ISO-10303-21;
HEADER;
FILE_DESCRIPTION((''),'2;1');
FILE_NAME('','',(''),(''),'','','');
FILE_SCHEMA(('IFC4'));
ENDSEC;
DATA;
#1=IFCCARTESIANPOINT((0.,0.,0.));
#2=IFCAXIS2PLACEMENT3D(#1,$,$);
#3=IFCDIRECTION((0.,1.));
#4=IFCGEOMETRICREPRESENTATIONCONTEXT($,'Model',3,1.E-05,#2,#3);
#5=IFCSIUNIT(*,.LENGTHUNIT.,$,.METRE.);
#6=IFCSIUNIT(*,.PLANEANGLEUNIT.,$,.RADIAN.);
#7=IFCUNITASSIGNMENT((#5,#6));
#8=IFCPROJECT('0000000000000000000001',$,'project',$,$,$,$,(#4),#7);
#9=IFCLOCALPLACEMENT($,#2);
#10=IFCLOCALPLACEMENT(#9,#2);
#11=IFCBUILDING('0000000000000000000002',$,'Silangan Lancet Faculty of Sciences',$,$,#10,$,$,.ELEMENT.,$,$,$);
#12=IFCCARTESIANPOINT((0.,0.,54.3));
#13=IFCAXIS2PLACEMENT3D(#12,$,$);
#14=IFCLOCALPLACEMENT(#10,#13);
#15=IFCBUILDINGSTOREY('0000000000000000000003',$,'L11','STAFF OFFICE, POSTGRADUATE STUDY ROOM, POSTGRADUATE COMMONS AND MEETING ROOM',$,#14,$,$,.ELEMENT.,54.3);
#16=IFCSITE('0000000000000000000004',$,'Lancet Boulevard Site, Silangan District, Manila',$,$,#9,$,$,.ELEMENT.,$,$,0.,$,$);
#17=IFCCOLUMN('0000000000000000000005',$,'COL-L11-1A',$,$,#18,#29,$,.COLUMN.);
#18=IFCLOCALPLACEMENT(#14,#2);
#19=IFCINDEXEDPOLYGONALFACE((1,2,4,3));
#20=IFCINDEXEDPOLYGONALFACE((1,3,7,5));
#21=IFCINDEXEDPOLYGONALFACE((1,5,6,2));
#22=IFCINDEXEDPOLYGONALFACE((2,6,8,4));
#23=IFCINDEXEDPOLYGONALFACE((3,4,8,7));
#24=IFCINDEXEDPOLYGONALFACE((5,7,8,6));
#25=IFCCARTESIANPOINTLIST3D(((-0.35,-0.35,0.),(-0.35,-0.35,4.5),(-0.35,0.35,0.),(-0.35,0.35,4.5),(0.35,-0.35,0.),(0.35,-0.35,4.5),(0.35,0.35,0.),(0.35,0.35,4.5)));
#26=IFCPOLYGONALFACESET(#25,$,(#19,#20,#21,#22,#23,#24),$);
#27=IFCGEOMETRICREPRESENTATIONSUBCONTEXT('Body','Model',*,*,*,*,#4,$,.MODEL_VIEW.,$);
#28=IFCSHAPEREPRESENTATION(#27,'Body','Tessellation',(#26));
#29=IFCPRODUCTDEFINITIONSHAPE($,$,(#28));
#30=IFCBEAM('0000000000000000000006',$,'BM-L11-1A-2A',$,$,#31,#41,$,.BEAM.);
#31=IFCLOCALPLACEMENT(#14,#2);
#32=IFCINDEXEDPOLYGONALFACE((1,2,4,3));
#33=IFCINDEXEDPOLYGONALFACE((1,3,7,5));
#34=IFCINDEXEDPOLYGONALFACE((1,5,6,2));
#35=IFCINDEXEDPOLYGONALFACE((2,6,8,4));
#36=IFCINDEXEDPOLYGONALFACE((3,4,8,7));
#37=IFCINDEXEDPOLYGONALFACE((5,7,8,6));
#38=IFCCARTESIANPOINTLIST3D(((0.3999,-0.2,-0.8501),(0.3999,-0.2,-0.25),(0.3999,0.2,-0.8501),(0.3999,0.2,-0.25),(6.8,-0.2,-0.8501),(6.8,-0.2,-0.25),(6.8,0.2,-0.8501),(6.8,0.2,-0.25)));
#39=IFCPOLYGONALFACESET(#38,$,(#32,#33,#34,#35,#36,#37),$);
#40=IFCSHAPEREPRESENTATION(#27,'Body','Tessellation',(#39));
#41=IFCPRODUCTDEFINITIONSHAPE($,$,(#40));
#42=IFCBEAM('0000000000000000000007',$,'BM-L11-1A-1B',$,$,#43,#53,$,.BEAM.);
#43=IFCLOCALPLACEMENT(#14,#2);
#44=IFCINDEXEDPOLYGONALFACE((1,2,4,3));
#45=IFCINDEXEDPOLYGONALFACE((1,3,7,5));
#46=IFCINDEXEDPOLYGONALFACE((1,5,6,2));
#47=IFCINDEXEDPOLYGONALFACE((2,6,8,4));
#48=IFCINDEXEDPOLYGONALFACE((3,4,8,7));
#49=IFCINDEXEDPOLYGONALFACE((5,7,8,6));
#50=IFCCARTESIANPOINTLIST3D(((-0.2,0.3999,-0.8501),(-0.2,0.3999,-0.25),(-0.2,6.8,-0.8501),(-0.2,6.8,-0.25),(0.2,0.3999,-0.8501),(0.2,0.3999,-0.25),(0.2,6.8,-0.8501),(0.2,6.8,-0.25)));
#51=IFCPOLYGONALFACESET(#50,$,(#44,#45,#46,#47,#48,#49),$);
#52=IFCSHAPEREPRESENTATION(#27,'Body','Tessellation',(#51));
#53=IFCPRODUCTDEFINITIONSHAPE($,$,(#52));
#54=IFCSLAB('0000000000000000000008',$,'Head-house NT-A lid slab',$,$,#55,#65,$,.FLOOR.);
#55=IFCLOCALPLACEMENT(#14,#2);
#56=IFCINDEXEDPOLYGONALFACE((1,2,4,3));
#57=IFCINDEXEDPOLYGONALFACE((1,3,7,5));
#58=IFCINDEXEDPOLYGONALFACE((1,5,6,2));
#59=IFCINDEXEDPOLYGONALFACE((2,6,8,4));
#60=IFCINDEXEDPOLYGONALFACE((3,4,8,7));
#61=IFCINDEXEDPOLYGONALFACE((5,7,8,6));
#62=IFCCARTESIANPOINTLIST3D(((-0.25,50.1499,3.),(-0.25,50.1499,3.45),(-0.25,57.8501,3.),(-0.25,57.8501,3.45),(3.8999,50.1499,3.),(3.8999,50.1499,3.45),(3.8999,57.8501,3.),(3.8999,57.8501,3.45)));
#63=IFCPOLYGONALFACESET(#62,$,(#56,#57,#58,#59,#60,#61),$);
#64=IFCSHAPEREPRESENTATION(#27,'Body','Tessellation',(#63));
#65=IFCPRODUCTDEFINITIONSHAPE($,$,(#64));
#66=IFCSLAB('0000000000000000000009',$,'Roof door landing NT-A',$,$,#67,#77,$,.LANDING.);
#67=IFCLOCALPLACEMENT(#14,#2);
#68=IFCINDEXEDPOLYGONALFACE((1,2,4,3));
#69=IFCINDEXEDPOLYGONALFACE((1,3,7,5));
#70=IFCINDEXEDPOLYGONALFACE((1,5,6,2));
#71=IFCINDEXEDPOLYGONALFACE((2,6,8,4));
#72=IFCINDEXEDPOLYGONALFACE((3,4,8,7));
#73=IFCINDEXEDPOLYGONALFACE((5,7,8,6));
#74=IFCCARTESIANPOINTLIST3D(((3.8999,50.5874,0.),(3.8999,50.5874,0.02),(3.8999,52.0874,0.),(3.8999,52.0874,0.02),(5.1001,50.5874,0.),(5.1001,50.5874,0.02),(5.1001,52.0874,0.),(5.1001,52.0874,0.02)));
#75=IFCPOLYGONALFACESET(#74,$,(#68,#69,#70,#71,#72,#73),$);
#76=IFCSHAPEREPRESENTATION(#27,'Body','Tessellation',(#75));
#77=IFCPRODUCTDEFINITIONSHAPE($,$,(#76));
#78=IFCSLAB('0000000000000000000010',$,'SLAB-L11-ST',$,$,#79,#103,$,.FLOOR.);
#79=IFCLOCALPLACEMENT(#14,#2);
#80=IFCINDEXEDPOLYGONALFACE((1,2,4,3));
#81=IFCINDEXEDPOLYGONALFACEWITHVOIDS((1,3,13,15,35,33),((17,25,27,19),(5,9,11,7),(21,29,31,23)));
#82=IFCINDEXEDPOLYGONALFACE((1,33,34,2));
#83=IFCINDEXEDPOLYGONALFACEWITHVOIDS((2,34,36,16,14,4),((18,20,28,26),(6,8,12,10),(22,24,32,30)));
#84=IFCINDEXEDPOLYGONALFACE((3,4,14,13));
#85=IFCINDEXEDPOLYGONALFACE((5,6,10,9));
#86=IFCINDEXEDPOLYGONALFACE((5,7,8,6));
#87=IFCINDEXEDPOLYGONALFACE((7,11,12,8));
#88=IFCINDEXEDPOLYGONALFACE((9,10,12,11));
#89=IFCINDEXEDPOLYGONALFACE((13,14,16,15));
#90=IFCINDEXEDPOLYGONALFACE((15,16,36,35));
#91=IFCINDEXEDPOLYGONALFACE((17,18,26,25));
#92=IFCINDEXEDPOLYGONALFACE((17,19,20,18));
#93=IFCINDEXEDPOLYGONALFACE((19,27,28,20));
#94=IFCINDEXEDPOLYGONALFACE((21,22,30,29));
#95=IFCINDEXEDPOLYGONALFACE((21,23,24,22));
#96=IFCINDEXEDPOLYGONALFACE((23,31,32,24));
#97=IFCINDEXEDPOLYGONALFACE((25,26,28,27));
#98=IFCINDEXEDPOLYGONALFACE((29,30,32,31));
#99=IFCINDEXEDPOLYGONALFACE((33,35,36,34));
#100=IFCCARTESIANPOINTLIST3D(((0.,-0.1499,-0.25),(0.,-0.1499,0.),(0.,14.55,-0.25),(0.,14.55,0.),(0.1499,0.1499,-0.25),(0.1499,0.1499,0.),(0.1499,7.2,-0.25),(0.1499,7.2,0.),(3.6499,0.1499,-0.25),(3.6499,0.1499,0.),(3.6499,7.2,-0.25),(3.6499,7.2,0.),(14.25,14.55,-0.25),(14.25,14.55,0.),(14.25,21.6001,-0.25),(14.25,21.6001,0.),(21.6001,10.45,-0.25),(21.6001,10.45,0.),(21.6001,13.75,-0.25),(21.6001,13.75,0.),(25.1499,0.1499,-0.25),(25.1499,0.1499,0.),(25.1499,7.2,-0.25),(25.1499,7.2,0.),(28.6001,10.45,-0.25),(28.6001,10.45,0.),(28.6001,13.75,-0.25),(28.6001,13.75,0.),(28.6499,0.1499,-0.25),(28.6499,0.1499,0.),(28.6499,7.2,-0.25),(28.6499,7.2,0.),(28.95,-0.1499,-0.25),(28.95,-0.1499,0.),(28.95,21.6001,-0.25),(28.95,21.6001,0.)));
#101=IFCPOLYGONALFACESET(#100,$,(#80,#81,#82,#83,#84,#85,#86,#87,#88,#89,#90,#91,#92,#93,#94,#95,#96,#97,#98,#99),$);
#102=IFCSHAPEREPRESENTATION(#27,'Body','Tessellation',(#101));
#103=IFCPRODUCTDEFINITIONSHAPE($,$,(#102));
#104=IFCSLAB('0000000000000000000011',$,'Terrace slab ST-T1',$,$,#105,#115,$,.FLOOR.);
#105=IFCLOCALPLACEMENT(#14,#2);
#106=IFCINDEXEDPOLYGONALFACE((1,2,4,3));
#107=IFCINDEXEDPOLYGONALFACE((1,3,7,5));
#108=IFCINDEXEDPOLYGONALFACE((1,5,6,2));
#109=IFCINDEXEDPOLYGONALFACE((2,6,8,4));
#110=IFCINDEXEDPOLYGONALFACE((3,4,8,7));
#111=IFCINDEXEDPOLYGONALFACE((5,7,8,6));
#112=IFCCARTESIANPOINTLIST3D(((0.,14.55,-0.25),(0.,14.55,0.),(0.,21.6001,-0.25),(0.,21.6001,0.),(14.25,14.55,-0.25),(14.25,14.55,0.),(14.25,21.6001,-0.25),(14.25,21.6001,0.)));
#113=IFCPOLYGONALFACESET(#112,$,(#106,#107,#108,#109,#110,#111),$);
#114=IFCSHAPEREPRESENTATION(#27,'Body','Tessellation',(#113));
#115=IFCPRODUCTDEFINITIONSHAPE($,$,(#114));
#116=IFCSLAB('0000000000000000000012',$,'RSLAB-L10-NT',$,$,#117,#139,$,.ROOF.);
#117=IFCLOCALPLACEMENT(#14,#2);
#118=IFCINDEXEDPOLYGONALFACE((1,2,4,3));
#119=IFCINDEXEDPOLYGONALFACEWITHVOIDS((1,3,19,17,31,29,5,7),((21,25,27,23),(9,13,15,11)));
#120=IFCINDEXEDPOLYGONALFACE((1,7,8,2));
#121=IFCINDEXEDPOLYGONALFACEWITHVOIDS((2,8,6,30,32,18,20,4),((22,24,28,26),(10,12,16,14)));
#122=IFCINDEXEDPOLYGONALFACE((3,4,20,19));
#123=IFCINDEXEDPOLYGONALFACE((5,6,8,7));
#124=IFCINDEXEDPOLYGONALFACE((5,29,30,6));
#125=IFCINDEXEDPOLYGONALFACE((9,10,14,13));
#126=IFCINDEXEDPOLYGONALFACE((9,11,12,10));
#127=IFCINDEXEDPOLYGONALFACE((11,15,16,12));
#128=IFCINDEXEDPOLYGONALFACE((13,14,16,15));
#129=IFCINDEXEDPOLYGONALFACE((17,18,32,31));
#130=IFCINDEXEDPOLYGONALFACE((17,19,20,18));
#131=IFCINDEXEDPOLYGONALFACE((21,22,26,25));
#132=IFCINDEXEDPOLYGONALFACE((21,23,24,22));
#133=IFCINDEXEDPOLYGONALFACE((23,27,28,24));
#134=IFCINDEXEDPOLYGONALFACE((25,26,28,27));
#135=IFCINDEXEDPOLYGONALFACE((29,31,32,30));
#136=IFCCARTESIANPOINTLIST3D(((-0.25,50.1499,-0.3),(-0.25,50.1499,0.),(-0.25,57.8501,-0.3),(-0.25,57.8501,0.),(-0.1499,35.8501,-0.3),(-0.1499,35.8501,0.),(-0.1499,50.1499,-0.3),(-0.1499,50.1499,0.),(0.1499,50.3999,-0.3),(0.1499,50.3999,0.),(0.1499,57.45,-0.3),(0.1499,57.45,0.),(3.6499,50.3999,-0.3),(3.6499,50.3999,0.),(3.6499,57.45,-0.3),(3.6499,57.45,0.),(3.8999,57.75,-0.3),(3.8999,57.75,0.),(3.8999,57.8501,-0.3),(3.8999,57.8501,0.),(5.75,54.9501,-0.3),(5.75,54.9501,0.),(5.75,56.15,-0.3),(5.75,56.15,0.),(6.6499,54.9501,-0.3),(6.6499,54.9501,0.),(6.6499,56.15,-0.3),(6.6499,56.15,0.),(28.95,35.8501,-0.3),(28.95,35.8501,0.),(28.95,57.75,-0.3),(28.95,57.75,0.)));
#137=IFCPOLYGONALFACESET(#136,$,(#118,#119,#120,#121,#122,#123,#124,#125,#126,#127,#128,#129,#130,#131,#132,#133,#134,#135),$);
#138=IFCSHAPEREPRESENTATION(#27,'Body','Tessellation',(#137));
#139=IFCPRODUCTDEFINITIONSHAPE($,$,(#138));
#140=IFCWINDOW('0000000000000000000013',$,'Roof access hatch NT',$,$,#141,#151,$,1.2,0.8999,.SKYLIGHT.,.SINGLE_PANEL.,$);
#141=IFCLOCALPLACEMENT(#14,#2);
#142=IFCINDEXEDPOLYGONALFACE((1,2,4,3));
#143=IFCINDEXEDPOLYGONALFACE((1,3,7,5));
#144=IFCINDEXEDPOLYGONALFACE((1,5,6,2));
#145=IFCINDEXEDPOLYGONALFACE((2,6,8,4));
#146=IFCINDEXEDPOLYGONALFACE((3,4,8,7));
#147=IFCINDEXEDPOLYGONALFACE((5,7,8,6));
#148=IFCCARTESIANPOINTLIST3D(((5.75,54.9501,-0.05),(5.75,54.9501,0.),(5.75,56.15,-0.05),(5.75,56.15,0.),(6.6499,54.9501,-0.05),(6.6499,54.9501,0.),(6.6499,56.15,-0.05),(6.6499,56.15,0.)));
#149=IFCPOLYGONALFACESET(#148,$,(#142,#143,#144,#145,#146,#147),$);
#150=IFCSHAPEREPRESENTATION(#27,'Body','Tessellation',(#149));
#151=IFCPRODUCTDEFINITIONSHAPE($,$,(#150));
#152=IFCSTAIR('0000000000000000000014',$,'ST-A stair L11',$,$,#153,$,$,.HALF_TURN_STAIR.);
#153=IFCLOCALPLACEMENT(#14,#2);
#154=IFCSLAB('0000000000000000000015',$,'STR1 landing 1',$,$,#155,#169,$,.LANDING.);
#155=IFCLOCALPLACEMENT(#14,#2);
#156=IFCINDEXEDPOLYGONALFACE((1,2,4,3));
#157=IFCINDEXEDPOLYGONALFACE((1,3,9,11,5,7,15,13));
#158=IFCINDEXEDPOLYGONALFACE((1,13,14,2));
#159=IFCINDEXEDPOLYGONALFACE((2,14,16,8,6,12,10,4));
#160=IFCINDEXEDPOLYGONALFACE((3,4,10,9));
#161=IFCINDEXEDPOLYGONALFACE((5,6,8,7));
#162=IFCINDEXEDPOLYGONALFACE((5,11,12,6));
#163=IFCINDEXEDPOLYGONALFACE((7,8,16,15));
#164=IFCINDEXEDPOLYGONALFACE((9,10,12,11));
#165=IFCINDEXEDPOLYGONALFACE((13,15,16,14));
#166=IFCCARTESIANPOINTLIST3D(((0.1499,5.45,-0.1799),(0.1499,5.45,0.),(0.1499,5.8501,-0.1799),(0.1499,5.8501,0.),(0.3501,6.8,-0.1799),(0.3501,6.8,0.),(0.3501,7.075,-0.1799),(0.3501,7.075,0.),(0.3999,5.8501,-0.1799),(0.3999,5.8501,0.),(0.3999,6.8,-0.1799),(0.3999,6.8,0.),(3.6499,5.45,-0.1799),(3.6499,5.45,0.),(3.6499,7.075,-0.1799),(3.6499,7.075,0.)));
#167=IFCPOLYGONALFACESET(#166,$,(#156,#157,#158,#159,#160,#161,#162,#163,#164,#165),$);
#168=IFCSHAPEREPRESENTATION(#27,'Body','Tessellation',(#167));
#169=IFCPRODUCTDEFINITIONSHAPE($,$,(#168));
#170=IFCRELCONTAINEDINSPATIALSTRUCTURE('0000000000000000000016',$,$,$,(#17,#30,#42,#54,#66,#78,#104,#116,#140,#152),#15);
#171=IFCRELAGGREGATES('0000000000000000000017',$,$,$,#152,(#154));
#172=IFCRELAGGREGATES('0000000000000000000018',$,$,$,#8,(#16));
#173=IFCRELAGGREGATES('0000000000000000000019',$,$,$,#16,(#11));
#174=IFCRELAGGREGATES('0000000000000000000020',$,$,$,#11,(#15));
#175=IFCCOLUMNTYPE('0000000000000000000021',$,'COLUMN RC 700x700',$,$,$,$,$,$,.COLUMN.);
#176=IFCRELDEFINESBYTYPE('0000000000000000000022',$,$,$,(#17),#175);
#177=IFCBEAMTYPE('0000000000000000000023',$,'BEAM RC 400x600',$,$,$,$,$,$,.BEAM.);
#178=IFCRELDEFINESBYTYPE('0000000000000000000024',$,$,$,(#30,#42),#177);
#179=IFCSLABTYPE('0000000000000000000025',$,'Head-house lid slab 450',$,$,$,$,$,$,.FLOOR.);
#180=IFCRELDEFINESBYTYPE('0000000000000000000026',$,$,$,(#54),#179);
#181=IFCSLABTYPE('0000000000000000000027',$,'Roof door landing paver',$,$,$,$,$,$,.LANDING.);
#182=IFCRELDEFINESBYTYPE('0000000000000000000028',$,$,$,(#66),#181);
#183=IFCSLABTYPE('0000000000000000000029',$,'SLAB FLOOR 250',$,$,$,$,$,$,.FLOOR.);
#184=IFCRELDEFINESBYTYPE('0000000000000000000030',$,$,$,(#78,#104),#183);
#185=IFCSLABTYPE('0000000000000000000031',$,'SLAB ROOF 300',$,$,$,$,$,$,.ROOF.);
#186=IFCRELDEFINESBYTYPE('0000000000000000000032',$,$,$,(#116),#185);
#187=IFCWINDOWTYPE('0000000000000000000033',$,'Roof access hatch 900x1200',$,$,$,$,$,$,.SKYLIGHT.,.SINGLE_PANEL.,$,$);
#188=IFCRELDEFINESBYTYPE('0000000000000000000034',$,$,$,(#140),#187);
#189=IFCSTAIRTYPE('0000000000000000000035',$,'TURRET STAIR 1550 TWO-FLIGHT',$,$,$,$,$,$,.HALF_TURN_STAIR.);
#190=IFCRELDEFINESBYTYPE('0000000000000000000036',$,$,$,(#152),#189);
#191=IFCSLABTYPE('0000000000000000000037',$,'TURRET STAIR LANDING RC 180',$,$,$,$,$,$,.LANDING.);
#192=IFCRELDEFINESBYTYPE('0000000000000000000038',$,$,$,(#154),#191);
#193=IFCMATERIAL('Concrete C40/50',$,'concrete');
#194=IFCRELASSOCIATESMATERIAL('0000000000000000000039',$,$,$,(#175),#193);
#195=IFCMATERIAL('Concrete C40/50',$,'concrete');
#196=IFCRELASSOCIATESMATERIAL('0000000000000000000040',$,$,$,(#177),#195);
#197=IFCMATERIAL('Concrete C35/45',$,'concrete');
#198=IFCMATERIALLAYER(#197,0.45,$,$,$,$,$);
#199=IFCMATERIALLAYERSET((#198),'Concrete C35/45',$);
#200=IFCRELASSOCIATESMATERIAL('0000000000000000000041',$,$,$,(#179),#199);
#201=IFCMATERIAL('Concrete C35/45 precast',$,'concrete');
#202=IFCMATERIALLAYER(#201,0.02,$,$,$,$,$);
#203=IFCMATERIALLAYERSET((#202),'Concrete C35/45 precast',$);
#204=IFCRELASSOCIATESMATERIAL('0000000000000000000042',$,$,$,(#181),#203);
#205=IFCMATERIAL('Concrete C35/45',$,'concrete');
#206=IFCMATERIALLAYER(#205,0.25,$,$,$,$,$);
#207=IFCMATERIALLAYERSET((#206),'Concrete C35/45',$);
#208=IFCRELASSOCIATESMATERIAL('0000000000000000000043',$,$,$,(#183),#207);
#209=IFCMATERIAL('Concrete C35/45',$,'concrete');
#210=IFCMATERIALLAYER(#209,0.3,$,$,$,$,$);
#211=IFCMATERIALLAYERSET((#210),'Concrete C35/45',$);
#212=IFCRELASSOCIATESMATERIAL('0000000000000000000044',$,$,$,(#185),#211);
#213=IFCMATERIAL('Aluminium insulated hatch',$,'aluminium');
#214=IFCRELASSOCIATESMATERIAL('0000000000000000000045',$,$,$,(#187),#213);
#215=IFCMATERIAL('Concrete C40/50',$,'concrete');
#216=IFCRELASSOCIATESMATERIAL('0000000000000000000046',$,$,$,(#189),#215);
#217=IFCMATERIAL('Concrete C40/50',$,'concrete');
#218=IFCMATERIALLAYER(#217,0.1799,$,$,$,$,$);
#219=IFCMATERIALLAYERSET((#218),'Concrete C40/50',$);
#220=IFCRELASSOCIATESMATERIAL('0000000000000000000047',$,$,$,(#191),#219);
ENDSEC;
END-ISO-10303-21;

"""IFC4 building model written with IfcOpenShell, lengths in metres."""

from ifc_helpers import new_model, si_unit, direction, frame, origin, origin_with_axes, origin_2d, place, context, subcontext, project, spatial, polyline, rectangle, outline, extrude, material, layer, layer_set, material_profile, profile_set, type_object, element, fill, aggregate, save


model = new_model("IFC4")

# Units and contexts
model_context = context("Model", 3, precision=1e-05, world=origin(), true_north=direction((0.0, 1.0)))
body_context = subcontext(model_context, "Body", "Model", "MODEL_VIEW")
ifc_project = project(units=[si_unit("LENGTHUNIT", "METRE"), si_unit("PLANEANGLEUNIT", "RADIAN")], contexts=[model_context])

# Site, building, storey
site_placement = place(None, origin())
site = spatial("IfcSite", under=ifc_project, at=site_placement, Name="Lancet Boulevard Site, Silangan District, Manila", CompositionType="ELEMENT", RefElevation=0.0)
building_placement = place(site_placement, origin())
building = spatial("IfcBuilding", under=site, at=building_placement, Name="Silangan Lancet Faculty of Sciences", CompositionType="ELEMENT")
storey_placement = place(building_placement, frame((0.0, 0.0, 54.3)))
storey = spatial("IfcBuildingStorey", under=building, at=storey_placement, Name="L11", Description="STAFF OFFICE, POSTGRADUATE STUDY ROOM, POSTGRADUATE COMMONS AND MEETING ROOM", CompositionType="ELEMENT", Elevation=54.3)

# Column
ifc_material_1 = material(Name="Concrete C40/50", Category="concrete")
ifc_material_profile_1 = material_profile(ifc_material_1, rectangle(XDim=0.7, YDim=0.7, at=origin_2d()), Name="RC 700x700")
ifc_profile_set_1 = profile_set([ifc_material_profile_1], Name="Concrete C40/50")
column_type = type_object("IfcColumnType", Name="COLUMN RC 700x700", PredefinedType="COLUMN", material=ifc_profile_set_1)
column_placement = place(storey_placement, origin_with_axes())
element("IfcColumn", 1, at=column_placement, inside=storey, type_object=column_type, Name="COL-L11-1A", PredefinedType="COLUMN", context=body_context, shape_type="SweptSolid", body=[
    extrude(rectangle(XDim=0.7, YDim=0.7, at=origin_2d()), origin(), (0.0, 0.0, 1.0), 4.5),
])

# Beams
ifc_material_2 = material(Name="Concrete C40/50", Category="concrete")
ifc_material_profile_2 = material_profile(ifc_material_2, rectangle(XDim=0.3999, YDim=0.6001, at=origin_2d()), Name="RC 400x600")
ifc_profile_set_2 = profile_set([ifc_material_profile_2], Name="Concrete C40/50")
beam_type = type_object("IfcBeamType", Name="BEAM RC 400x600", PredefinedType="BEAM", material=ifc_profile_set_2)
for number, where, z_axis, x_axis, name in (
    (2, (0.3999, 0.0, -0.55), (1.0, 0.0, 0.0), (0.0, 1.0, 0.0), "BM-L11-1A-2A"),
    (3, (0.0, 0.3999, -0.55), (0.0, 1.0, 0.0), (-1.0, 0.0, 0.0), "BM-L11-1A-1B"),
):
    element("IfcBeam", number, at=place(storey_placement, frame(where, z_axis=z_axis, x_axis=x_axis)), inside=storey, type_object=beam_type, Name=name, PredefinedType="BEAM", context=body_context, shape_type="SweptSolid", body=[
        extrude(rectangle(XDim=0.3999, YDim=0.6001, at=origin_2d()), origin(), (0.0, 0.0, 1.0), 6.4001),
    ])

# Slabs
ifc_material_3 = material(Name="Concrete C35/45", Category="concrete")
ifc_layer_1 = layer(ifc_material_3, 0.45)
ifc_layer_set_1 = layer_set([ifc_layer_1], Name="Concrete C35/45")
slab_type_1 = type_object("IfcSlabType", Name="Head-house lid slab 450", PredefinedType="FLOOR", material=ifc_layer_set_1)
slab_1_placement = place(storey_placement, frame((0.0, 0.0, 3.0)))
element("IfcSlab", 4, at=slab_1_placement, inside=storey, type_object=slab_type_1, Name="Head-house NT-A lid slab", PredefinedType="FLOOR", context=body_context, shape_type="SweptSolid", body=[
    extrude(outline(polyline([(-0.25, 50.1499), (3.8999, 50.1499), (3.8999, 57.8501), (-0.25, 57.8501), (-0.25, 50.1499)])), origin(), (0.0, 0.0, 1.0), 0.45),
])
ifc_material_4 = material(Name="Concrete C35/45 precast", Category="concrete")
ifc_layer_2 = layer(ifc_material_4, 0.02)
ifc_layer_set_2 = layer_set([ifc_layer_2], Name="Concrete C35/45 precast")
slab_type_2 = type_object("IfcSlabType", Name="Roof door landing paver", PredefinedType="LANDING", material=ifc_layer_set_2)
slab_2_placement = place(storey_placement, origin())
element("IfcSlab", 5, at=slab_2_placement, inside=storey, type_object=slab_type_2, Name="Roof door landing NT-A", PredefinedType="LANDING", context=body_context, shape_type="SweptSolid", body=[
    extrude(outline(polyline([(3.8999, 50.5874), (5.1001, 50.5874), (5.1001, 52.0874), (3.8999, 52.0874), (3.8999, 50.5874)])), origin(), (0.0, 0.0, 1.0), 0.02),
])
ifc_material_5 = material(Name="Concrete C35/45", Category="concrete")
ifc_layer_3 = layer(ifc_material_5, 0.25)
ifc_layer_set_3 = layer_set([ifc_layer_3], Name="Concrete C35/45")
slab_type_3 = type_object("IfcSlabType", Name="SLAB FLOOR 250", PredefinedType="FLOOR", material=ifc_layer_set_3)
slab_3_placement = place(storey_placement, frame((0.0, 0.0, -0.25)))
element("IfcSlab", 6, at=slab_3_placement, inside=storey, type_object=slab_type_3, Name="SLAB-L11-ST", PredefinedType="FLOOR", context=body_context, shape_type="SweptSolid", body=[
    extrude(outline(polyline([(0.0, 14.55), (0.0, -0.1499), (28.95, -0.1499), (28.95, 21.6001), (14.25, 21.6001), (14.25, 14.55), (0.0, 14.55)]), holes=[polyline([(0.1499, 0.1499), (0.1499, 7.2), (3.6499, 7.2), (3.6499, 0.1499), (0.1499, 0.1499)]), polyline([(25.1499, 7.2), (28.6499, 7.2), (28.6499, 0.1499), (25.1499, 0.1499), (25.1499, 7.2)]), polyline([(21.6001, 13.75), (28.6001, 13.75), (28.6001, 10.45), (21.6001, 10.45), (21.6001, 13.75)])]), origin(), (0.0, 0.0, 1.0), 0.25),
])
slab_4_placement = place(storey_placement, frame((0.0, 0.0, -0.25)))
element("IfcSlab", 7, at=slab_4_placement, inside=storey, type_object=slab_type_3, Name="Terrace slab ST-T1", PredefinedType="FLOOR", context=body_context, shape_type="SweptSolid", body=[
    extrude(outline(polyline([(0.0, 21.6001), (0.0, 14.55), (14.25, 14.55), (14.25, 21.6001), (0.0, 21.6001)])), origin(), (0.0, 0.0, 1.0), 0.25),
])

# Slab, opening, window
ifc_material_6 = material(Name="Concrete C35/45", Category="concrete")
ifc_layer_4 = layer(ifc_material_6, 0.3)
ifc_layer_set_4 = layer_set([ifc_layer_4], Name="Concrete C35/45")
slab_type_4 = type_object("IfcSlabType", Name="SLAB ROOF 300", PredefinedType="ROOF", material=ifc_layer_set_4)
slab_5_placement = place(storey_placement, frame((0.0, 0.0, -0.3)))
slab_5 = element("IfcSlab", 8, at=slab_5_placement, inside=storey, type_object=slab_type_4, Name="RSLAB-L10-NT", PredefinedType="ROOF", context=body_context, shape_type="SweptSolid", body=[
    extrude(outline(polyline([(-0.1499, 35.8501), (28.95, 35.8501), (28.95, 57.75), (3.8999, 57.75), (3.8999, 57.8501), (-0.25, 57.8501), (-0.25, 50.1499), (-0.1499, 50.1499), (-0.1499, 35.8501)]), holes=[polyline([(3.6499, 57.45), (3.6499, 50.3999), (0.1499, 50.3999), (0.1499, 57.45), (3.6499, 57.45)])]), origin(), (0.0, 0.0, 1.0), 0.3),
])
opening_1_placement = place(slab_5_placement, frame((6.2, 55.55, 0.0)))
opening_1 = element("IfcOpeningElement", 9, at=opening_1_placement, cuts=slab_5, PredefinedType="OPENING", context=body_context, shape_type="SweptSolid", body=[
    extrude(rectangle(XDim=0.8999, YDim=1.2, at=origin_2d()), origin(), (0.0, 0.0, 1.0), 0.3),
])
ifc_material_7 = material(Name="Aluminium insulated hatch", Category="aluminium")
window_type_1 = type_object("IfcWindowType", Name="Roof access hatch 900x1200", PartitioningType="SINGLE_PANEL", PredefinedType="SKYLIGHT", material=ifc_material_7)
window_1_placement = place(opening_1_placement, frame((0.0, 0.0, 0.25)))
window_1 = element("IfcWindow", 10, at=window_1_placement, inside=storey, type_object=window_type_1, Name="Roof access hatch NT", OverallHeight=1.2, OverallWidth=0.8999, PartitioningType="SINGLE_PANEL", PredefinedType="SKYLIGHT", context=body_context, shape_type="SweptSolid", body=[
    extrude(rectangle(XDim=0.8999, YDim=1.2, at=origin_2d()), origin(), (0.0, 0.0, 1.0), 0.05),
])
fill(opening_1, window_1)

# Stair, slab
ifc_material_8 = material(Name="Concrete C40/50", Category="concrete")
stair_type = type_object("IfcStairType", Name="TURRET STAIR 1550 TWO-FLIGHT", PredefinedType="HALF_TURN_STAIR", material=ifc_material_8)
stair_1_placement = place(storey_placement, origin())
stair_1 = element("IfcStair", 11, at=stair_1_placement, inside=storey, type_object=stair_type, Name="ST-A stair L11", PredefinedType="HALF_TURN_STAIR")
ifc_material_9 = material(Name="Concrete C40/50", Category="concrete")
ifc_layer_5 = layer(ifc_material_9, 0.1799)
ifc_layer_set_5 = layer_set([ifc_layer_5], Name="Concrete C40/50")
slab_type_5 = type_object("IfcSlabType", Name="TURRET STAIR LANDING RC 180", PredefinedType="LANDING", material=ifc_layer_set_5)
slab_6_placement = place(storey_placement, frame((0.0, 0.0, -0.1799)))
slab_6 = element("IfcSlab", 12, at=slab_6_placement, type_object=slab_type_5, Name="STR1 landing 1", PredefinedType="LANDING", context=body_context, shape_type="SweptSolid", body=[
    extrude(outline(polyline([(0.3501, 6.8), (0.3501, 7.075), (3.6499, 7.075), (3.6499, 5.45), (0.1499, 5.45), (0.1499, 5.8501), (0.3999, 5.8501), (0.3999, 6.8), (0.3501, 6.8)])), origin(), (0.0, 0.0, 1.0), 0.1799),
])
aggregate(stair_1, [slab_6])

save(model, "model.ifc")
